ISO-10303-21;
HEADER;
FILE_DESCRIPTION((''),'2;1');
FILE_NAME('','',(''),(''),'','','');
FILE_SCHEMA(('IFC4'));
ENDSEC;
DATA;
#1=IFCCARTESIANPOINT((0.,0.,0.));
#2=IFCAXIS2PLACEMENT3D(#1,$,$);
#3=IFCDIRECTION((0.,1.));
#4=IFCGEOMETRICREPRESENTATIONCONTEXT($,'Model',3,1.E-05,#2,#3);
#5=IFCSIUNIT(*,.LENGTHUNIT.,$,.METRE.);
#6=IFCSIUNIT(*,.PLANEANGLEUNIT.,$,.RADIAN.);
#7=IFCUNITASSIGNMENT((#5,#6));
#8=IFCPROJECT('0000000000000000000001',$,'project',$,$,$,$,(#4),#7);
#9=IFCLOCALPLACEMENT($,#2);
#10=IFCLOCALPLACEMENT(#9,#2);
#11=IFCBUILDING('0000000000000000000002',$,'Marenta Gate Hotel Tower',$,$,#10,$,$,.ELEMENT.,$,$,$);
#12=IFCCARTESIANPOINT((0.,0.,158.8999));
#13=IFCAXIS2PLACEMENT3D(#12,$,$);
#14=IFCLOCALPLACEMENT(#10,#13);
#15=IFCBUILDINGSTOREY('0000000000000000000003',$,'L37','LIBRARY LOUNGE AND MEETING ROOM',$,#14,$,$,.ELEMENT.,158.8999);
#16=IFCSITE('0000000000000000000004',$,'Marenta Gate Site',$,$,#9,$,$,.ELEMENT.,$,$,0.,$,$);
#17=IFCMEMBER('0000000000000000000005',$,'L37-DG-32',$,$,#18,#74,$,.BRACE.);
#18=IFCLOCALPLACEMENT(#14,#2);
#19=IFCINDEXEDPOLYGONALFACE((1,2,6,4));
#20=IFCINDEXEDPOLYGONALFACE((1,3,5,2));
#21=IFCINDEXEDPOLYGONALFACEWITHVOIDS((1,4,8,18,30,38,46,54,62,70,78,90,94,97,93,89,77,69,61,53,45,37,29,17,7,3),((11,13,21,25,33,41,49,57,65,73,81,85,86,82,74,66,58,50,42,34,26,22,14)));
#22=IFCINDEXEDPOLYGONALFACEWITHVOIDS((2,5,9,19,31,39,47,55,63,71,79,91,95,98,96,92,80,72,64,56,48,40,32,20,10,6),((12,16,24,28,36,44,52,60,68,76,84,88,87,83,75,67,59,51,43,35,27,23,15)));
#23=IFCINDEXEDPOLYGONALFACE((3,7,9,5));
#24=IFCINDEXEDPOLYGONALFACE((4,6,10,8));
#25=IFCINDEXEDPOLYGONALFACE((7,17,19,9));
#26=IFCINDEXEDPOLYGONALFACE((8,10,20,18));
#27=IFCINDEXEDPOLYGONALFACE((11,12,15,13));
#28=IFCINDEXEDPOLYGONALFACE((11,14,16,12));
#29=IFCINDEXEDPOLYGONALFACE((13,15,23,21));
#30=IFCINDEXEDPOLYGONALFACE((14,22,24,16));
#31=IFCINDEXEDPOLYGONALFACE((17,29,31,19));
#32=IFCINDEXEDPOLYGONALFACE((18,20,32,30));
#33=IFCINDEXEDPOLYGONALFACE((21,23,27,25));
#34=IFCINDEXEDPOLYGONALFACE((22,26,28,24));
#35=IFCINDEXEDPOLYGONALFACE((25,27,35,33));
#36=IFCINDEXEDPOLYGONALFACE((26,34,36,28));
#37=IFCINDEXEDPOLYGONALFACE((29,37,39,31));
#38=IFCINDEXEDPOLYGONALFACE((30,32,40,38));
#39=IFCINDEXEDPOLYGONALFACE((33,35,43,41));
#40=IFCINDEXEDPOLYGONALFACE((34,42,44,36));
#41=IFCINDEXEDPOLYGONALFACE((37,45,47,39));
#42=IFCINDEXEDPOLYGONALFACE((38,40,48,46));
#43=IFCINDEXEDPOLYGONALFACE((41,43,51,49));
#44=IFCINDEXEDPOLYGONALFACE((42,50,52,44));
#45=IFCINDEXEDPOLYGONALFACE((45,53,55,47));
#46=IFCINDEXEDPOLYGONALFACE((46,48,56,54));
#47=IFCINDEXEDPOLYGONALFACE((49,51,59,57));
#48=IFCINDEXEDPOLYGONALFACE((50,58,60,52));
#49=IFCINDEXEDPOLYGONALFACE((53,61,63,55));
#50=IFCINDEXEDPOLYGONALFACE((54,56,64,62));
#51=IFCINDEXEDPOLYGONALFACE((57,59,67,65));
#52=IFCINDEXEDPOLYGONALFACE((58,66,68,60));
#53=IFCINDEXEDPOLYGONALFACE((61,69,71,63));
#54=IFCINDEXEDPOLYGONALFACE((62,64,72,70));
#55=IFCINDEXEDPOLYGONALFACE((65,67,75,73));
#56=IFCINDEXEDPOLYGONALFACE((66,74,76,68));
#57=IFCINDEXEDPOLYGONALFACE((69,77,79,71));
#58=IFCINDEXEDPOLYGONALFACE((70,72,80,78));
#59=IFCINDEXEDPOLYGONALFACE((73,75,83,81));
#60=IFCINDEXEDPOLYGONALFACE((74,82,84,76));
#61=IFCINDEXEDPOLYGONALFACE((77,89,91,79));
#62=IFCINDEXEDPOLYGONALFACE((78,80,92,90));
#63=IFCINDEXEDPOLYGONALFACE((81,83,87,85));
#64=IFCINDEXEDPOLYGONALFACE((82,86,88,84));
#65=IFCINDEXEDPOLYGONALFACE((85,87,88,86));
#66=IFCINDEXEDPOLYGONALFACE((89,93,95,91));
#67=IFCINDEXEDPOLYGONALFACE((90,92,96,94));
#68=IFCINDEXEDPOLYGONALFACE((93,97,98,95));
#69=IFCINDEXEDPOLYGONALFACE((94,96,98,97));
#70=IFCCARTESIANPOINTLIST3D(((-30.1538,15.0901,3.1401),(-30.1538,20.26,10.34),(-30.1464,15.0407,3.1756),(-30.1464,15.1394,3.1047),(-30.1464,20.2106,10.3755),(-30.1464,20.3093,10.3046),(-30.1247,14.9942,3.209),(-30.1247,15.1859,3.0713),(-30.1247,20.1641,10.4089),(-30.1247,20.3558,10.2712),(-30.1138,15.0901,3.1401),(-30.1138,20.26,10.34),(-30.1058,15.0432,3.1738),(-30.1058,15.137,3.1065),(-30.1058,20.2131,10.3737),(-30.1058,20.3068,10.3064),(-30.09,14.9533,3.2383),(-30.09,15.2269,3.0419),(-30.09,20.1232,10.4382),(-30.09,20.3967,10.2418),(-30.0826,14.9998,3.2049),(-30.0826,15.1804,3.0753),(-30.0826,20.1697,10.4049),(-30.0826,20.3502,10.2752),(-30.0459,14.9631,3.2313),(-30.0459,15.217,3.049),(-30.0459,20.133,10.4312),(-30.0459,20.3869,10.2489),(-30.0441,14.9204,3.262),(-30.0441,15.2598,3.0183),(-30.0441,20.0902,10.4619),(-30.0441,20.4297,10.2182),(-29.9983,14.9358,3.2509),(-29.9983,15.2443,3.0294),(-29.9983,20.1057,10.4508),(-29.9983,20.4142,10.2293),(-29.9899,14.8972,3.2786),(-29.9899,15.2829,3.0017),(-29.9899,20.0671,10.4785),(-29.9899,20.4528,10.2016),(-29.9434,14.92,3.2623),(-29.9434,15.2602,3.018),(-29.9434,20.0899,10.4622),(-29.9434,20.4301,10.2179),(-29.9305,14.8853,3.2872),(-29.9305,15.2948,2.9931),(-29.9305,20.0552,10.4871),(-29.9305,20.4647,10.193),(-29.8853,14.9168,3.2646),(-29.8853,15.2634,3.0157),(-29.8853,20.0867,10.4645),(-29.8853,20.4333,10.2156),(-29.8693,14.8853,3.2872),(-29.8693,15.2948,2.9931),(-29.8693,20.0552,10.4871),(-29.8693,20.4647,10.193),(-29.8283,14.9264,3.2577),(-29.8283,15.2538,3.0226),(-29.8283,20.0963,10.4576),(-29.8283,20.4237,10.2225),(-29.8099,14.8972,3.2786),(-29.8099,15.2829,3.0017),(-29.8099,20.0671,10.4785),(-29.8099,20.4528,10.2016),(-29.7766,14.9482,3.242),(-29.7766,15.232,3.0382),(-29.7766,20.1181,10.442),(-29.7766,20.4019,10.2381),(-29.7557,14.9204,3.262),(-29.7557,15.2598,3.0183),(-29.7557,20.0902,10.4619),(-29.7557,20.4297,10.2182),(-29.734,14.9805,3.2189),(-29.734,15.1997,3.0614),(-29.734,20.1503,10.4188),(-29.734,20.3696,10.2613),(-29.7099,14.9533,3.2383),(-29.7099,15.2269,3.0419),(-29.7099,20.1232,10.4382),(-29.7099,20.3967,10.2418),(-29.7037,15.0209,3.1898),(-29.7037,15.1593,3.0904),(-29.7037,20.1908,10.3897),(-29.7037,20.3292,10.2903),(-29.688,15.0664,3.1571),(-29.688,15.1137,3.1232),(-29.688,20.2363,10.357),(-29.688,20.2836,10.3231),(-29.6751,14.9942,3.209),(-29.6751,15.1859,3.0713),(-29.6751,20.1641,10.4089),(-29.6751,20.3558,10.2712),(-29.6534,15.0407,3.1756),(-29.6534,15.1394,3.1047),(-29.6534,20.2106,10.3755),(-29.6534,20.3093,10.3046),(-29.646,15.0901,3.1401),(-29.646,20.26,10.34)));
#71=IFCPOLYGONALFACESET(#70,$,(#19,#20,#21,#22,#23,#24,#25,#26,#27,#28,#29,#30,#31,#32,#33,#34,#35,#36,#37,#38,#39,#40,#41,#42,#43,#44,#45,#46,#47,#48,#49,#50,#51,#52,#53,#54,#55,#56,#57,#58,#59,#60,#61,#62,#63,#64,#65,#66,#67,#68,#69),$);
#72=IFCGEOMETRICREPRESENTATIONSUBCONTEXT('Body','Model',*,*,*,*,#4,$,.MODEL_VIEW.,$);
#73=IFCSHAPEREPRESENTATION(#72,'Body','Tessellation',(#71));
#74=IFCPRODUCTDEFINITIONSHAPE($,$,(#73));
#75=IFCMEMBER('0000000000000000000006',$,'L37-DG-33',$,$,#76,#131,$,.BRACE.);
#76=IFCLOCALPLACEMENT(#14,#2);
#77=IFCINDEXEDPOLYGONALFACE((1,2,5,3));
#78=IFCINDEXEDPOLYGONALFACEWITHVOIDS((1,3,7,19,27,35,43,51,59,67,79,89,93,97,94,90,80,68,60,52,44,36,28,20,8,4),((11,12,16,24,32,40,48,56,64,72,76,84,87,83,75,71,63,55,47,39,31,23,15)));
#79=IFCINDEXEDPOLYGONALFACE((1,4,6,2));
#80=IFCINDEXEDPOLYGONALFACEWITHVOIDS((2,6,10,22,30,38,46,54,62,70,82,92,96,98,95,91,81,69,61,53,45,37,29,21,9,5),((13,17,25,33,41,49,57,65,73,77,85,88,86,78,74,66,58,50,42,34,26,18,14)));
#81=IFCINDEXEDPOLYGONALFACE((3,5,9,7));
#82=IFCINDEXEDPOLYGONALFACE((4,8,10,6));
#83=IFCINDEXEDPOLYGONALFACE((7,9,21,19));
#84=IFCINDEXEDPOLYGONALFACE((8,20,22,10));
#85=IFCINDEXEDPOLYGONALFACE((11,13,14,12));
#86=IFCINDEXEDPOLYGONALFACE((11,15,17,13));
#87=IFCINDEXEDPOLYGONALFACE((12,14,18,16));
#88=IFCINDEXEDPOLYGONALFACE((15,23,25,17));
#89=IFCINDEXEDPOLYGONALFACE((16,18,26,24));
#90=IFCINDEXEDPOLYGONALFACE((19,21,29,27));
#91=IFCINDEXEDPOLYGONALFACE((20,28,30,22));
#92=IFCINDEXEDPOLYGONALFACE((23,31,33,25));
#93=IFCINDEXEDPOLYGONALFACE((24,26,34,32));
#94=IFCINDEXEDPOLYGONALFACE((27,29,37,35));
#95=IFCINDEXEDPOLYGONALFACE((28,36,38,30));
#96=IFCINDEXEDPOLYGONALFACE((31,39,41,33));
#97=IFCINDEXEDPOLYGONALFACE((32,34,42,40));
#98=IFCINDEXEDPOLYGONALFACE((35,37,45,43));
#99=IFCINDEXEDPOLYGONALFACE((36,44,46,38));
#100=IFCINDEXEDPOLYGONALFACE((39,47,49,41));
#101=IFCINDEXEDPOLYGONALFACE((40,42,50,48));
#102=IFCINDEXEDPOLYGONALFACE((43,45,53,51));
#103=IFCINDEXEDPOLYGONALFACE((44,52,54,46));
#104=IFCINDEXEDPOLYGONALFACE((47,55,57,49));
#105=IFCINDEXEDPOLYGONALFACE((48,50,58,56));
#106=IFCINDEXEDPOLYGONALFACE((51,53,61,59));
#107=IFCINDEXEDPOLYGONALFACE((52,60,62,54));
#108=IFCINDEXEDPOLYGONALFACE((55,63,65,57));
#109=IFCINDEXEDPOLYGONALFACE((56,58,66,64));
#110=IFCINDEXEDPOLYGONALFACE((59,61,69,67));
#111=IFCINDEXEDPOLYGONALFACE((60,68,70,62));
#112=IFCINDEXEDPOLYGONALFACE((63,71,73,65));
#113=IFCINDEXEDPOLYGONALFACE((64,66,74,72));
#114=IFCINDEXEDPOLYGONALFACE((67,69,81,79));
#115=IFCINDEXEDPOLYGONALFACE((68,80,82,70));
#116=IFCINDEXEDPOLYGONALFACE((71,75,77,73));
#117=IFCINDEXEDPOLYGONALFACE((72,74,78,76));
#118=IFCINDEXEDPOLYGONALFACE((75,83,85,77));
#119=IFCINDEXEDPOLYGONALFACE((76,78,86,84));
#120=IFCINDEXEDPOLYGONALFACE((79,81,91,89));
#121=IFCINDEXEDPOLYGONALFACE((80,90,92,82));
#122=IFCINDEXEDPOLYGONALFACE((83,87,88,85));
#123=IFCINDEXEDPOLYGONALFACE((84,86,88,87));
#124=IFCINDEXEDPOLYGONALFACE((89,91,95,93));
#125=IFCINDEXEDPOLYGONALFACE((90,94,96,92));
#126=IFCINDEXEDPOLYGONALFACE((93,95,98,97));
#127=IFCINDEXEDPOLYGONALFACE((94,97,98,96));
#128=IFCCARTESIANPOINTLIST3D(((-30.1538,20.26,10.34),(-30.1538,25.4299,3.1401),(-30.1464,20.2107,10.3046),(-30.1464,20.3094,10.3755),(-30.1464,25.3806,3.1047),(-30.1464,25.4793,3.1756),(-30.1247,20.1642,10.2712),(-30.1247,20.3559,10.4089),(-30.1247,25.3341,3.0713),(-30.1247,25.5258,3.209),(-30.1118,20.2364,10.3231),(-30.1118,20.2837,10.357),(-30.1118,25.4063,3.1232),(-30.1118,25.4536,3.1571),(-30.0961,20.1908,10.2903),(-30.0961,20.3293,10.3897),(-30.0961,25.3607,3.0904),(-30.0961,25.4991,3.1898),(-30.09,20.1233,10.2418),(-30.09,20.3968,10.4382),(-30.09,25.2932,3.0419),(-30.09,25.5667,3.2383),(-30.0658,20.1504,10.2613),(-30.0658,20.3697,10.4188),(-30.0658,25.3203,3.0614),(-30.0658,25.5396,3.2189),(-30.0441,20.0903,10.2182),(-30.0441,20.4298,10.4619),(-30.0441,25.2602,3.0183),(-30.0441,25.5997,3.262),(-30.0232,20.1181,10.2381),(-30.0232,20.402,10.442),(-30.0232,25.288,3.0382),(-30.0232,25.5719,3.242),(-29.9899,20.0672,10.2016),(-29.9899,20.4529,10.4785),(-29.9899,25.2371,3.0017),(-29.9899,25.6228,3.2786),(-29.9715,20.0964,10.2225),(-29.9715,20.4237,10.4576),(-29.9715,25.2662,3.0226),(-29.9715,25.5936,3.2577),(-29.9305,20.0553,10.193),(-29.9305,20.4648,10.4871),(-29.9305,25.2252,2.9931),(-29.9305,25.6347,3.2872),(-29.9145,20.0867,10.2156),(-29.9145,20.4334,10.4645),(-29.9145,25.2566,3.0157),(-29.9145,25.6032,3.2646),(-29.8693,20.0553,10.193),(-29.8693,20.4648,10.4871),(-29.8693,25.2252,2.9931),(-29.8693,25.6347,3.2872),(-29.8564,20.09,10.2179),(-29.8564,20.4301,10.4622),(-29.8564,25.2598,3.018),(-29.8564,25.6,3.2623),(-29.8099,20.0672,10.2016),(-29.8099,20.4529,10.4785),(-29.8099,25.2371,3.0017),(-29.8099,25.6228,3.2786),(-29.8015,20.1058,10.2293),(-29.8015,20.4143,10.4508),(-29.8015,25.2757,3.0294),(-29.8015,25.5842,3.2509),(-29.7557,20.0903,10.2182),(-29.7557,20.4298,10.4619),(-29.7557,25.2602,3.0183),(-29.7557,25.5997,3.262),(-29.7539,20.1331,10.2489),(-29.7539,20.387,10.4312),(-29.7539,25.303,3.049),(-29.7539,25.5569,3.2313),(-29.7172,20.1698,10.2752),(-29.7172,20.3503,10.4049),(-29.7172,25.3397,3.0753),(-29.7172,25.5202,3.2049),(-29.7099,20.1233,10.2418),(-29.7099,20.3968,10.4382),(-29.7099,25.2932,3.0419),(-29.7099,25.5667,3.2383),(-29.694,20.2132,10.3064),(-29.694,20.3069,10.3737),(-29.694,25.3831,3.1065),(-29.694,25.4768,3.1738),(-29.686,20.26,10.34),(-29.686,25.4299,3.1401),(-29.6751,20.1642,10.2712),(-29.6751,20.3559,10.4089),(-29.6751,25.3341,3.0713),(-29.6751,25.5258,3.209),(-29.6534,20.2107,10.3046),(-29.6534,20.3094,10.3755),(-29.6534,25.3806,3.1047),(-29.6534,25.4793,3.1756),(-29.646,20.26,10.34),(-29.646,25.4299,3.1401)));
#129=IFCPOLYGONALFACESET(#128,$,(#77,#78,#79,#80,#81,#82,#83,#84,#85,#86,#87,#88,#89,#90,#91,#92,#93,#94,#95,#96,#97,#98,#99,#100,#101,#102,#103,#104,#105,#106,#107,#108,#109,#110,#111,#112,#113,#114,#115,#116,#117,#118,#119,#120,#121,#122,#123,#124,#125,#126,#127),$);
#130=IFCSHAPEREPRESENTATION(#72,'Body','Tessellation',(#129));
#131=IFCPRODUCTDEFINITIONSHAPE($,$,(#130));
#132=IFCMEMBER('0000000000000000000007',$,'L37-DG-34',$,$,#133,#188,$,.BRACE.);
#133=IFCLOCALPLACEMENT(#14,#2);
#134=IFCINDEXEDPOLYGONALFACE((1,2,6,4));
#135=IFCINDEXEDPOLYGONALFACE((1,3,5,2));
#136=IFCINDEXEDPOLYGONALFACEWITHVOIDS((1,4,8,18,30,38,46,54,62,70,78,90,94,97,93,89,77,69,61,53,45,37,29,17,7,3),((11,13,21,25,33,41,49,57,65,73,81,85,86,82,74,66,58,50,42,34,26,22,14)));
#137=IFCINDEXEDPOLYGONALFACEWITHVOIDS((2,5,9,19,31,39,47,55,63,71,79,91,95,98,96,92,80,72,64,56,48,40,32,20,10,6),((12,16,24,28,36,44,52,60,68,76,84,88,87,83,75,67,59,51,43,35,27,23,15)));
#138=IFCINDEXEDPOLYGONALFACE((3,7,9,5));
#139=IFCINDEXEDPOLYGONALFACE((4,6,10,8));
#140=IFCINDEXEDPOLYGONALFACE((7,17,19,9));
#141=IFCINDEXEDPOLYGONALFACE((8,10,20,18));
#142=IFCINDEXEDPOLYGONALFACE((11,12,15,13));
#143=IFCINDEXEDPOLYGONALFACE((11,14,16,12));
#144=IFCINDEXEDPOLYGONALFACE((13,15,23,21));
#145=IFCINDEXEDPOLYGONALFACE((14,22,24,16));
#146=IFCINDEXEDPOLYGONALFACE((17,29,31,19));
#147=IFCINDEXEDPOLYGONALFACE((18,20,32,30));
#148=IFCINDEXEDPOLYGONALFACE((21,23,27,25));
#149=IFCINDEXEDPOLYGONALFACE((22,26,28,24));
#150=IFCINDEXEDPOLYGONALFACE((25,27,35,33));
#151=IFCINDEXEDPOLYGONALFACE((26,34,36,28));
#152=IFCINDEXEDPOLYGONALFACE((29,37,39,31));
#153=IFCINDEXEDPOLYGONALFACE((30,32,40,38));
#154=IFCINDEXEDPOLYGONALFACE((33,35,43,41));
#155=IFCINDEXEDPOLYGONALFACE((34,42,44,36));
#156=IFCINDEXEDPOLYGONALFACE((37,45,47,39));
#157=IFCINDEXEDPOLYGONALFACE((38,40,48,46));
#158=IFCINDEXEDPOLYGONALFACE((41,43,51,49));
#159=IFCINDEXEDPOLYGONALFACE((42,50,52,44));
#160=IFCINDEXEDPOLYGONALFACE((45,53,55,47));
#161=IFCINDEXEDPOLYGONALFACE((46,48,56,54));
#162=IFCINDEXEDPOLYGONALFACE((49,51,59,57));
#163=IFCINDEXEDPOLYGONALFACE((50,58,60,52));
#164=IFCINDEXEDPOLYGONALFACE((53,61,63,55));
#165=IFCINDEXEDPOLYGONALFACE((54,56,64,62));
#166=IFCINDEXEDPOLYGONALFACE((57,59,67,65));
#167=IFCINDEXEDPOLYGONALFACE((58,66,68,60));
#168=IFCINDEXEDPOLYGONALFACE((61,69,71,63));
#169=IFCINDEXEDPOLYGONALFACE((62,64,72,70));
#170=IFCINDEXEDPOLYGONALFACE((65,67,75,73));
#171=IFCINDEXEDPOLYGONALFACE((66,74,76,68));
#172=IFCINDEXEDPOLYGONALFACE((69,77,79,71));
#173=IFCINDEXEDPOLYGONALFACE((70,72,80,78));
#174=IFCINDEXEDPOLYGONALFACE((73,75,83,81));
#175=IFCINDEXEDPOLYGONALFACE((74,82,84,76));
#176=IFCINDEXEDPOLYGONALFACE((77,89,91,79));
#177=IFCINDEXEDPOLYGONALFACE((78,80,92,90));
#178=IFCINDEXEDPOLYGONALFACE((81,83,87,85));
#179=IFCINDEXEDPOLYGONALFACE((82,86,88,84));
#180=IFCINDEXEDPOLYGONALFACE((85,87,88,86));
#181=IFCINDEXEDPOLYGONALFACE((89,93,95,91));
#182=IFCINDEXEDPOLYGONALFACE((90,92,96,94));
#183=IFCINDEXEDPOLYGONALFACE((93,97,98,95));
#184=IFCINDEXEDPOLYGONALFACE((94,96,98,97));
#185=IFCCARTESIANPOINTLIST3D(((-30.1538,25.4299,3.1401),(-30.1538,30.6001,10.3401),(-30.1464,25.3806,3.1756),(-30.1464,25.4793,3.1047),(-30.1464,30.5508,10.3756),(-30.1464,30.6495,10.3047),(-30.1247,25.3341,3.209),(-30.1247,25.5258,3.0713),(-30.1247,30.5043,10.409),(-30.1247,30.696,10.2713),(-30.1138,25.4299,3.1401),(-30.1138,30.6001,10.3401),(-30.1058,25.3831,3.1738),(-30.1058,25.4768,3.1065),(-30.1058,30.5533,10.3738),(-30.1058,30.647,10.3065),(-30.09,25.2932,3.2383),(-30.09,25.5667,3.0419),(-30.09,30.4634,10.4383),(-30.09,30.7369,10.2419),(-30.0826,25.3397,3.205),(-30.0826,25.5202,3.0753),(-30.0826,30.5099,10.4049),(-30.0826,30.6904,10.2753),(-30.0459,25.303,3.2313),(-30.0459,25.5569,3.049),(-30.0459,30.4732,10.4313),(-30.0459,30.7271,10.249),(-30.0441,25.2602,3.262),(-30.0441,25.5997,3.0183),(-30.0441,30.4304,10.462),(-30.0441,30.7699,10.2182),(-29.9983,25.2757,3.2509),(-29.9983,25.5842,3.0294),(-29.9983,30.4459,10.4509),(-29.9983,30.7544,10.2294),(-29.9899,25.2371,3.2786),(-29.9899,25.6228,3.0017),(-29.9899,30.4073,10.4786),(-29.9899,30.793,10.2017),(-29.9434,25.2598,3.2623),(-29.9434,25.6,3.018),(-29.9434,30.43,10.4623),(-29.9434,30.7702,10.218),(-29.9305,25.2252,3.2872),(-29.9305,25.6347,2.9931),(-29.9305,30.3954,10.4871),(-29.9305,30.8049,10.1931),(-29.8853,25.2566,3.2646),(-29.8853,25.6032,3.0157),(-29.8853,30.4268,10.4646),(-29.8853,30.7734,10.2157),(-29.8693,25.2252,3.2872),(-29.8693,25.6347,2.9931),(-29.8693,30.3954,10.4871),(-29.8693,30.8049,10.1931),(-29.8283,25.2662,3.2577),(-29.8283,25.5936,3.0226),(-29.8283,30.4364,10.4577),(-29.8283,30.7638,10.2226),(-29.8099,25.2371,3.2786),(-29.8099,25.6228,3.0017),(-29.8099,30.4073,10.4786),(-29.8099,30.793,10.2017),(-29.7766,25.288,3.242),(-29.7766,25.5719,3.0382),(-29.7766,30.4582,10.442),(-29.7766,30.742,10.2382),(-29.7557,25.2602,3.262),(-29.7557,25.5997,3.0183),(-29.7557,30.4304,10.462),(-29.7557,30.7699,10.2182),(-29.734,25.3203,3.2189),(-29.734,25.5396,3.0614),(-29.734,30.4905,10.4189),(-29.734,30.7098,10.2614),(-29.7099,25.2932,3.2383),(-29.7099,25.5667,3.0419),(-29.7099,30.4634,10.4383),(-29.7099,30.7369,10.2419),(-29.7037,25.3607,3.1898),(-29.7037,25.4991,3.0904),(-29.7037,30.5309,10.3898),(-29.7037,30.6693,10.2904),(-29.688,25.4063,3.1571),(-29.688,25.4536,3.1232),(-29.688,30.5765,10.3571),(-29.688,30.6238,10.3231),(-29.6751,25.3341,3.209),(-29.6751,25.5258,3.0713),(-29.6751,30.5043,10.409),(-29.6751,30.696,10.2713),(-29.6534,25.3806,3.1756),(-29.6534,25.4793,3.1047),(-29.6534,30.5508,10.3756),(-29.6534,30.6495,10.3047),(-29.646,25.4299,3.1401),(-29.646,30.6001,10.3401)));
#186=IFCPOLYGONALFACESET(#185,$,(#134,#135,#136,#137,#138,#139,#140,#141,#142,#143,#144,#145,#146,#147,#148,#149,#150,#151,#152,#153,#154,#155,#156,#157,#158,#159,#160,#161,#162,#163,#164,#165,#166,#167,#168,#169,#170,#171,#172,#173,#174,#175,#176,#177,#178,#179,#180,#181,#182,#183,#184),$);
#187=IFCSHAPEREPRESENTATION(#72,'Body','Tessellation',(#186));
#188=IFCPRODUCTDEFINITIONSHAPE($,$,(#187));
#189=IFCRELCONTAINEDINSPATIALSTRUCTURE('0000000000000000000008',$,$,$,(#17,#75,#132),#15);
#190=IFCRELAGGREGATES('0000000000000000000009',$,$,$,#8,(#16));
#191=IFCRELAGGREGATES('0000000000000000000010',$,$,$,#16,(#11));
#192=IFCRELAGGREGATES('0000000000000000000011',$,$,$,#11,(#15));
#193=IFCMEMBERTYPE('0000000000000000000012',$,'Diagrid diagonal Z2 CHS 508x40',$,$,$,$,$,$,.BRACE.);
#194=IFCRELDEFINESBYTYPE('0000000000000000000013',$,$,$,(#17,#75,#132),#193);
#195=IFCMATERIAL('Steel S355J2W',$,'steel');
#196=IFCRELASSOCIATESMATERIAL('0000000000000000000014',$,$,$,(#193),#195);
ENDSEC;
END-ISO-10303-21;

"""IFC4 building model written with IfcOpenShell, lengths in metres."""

from ifc_helpers import new_model, si_unit, direction, frame, origin, origin_2d, place, context, subcontext, project, spatial, hollow_circle, extrude, material, material_profile, profile_set, type_object, element, save


model = new_model("IFC4")

# Units and contexts
model_context = context("Model", 3, precision=1e-05, world=origin(), true_north=direction((0.0, 1.0)))
body_context = subcontext(model_context, "Body", "Model", "MODEL_VIEW")
ifc_project = project(units=[si_unit("LENGTHUNIT", "METRE"), si_unit("PLANEANGLEUNIT", "RADIAN")], contexts=[model_context])

# Site, building, storey
site_placement = place(None, origin())
site = spatial("IfcSite", under=ifc_project, at=site_placement, Name="Marenta Gate Site", CompositionType="ELEMENT", RefElevation=0.0)
building_placement = place(site_placement, origin())
building = spatial("IfcBuilding", under=site, at=building_placement, Name="Marenta Gate Hotel Tower", CompositionType="ELEMENT")
storey_placement = place(building_placement, frame((0.0, 0.0, 158.8999)))
storey = spatial("IfcBuildingStorey", under=building, at=storey_placement, Name="L37", Description="LIBRARY LOUNGE AND MEETING ROOM", CompositionType="ELEMENT", Elevation=158.8999)

# Members
ifc_material_1 = material(Name="Steel S355J2W", Category="steel")
ifc_material_profile_1 = material_profile(ifc_material_1, hollow_circle(Radius=0.2539, WallThickness=0.04, at=origin_2d()), Name="CHS 508x40")
ifc_profile_set_1 = profile_set([ifc_material_profile_1], Name="Steel S355J2W")
member_type_1 = type_object("IfcMemberType", Name="Diagrid diagonal Z2 CHS 508x40", PredefinedType="BRACE", material=ifc_profile_set_1)
for number, where, z_axis, x_axis, name in (
    (1, (-29.8999, 15.0901, 3.1401), (0.0, 0.583261, 0.812285), (-1.0, 0.0, 0.0), "L37-DG-32"),
    (2, (-29.8999, 25.4299, 3.1401), (0.0, -0.583261, 0.812285), (1.0, 0.0, 0.0), "L37-DG-33"),
):
    element("IfcMember", number, at=place(storey_placement, frame(where, z_axis=z_axis, x_axis=x_axis)), inside=storey, type_object=member_type_1, Name=name, PredefinedType="BRACE", context=body_context, shape_type="SweptSolid", body=[
        extrude(hollow_circle(Radius=0.2539, WallThickness=0.04, at=origin_2d()), origin(), (0.0, 0.0, 1.0), 8.8638),
    ])
member_1_placement = place(storey_placement, frame((-29.8999, 25.4299, 3.1401), z_axis=(0.0, 0.583279, 0.812272), x_axis=(-1.0, 0.0, 0.0)))
element("IfcMember", 3, at=member_1_placement, inside=storey, type_object=member_type_1, Name="L37-DG-34", PredefinedType="BRACE", context=body_context, shape_type="SweptSolid", body=[
    extrude(hollow_circle(Radius=0.2539, WallThickness=0.04, at=origin_2d()), origin(), (0.0, 0.0, 1.0), 8.864),
])

save(model, "model.ifc")
